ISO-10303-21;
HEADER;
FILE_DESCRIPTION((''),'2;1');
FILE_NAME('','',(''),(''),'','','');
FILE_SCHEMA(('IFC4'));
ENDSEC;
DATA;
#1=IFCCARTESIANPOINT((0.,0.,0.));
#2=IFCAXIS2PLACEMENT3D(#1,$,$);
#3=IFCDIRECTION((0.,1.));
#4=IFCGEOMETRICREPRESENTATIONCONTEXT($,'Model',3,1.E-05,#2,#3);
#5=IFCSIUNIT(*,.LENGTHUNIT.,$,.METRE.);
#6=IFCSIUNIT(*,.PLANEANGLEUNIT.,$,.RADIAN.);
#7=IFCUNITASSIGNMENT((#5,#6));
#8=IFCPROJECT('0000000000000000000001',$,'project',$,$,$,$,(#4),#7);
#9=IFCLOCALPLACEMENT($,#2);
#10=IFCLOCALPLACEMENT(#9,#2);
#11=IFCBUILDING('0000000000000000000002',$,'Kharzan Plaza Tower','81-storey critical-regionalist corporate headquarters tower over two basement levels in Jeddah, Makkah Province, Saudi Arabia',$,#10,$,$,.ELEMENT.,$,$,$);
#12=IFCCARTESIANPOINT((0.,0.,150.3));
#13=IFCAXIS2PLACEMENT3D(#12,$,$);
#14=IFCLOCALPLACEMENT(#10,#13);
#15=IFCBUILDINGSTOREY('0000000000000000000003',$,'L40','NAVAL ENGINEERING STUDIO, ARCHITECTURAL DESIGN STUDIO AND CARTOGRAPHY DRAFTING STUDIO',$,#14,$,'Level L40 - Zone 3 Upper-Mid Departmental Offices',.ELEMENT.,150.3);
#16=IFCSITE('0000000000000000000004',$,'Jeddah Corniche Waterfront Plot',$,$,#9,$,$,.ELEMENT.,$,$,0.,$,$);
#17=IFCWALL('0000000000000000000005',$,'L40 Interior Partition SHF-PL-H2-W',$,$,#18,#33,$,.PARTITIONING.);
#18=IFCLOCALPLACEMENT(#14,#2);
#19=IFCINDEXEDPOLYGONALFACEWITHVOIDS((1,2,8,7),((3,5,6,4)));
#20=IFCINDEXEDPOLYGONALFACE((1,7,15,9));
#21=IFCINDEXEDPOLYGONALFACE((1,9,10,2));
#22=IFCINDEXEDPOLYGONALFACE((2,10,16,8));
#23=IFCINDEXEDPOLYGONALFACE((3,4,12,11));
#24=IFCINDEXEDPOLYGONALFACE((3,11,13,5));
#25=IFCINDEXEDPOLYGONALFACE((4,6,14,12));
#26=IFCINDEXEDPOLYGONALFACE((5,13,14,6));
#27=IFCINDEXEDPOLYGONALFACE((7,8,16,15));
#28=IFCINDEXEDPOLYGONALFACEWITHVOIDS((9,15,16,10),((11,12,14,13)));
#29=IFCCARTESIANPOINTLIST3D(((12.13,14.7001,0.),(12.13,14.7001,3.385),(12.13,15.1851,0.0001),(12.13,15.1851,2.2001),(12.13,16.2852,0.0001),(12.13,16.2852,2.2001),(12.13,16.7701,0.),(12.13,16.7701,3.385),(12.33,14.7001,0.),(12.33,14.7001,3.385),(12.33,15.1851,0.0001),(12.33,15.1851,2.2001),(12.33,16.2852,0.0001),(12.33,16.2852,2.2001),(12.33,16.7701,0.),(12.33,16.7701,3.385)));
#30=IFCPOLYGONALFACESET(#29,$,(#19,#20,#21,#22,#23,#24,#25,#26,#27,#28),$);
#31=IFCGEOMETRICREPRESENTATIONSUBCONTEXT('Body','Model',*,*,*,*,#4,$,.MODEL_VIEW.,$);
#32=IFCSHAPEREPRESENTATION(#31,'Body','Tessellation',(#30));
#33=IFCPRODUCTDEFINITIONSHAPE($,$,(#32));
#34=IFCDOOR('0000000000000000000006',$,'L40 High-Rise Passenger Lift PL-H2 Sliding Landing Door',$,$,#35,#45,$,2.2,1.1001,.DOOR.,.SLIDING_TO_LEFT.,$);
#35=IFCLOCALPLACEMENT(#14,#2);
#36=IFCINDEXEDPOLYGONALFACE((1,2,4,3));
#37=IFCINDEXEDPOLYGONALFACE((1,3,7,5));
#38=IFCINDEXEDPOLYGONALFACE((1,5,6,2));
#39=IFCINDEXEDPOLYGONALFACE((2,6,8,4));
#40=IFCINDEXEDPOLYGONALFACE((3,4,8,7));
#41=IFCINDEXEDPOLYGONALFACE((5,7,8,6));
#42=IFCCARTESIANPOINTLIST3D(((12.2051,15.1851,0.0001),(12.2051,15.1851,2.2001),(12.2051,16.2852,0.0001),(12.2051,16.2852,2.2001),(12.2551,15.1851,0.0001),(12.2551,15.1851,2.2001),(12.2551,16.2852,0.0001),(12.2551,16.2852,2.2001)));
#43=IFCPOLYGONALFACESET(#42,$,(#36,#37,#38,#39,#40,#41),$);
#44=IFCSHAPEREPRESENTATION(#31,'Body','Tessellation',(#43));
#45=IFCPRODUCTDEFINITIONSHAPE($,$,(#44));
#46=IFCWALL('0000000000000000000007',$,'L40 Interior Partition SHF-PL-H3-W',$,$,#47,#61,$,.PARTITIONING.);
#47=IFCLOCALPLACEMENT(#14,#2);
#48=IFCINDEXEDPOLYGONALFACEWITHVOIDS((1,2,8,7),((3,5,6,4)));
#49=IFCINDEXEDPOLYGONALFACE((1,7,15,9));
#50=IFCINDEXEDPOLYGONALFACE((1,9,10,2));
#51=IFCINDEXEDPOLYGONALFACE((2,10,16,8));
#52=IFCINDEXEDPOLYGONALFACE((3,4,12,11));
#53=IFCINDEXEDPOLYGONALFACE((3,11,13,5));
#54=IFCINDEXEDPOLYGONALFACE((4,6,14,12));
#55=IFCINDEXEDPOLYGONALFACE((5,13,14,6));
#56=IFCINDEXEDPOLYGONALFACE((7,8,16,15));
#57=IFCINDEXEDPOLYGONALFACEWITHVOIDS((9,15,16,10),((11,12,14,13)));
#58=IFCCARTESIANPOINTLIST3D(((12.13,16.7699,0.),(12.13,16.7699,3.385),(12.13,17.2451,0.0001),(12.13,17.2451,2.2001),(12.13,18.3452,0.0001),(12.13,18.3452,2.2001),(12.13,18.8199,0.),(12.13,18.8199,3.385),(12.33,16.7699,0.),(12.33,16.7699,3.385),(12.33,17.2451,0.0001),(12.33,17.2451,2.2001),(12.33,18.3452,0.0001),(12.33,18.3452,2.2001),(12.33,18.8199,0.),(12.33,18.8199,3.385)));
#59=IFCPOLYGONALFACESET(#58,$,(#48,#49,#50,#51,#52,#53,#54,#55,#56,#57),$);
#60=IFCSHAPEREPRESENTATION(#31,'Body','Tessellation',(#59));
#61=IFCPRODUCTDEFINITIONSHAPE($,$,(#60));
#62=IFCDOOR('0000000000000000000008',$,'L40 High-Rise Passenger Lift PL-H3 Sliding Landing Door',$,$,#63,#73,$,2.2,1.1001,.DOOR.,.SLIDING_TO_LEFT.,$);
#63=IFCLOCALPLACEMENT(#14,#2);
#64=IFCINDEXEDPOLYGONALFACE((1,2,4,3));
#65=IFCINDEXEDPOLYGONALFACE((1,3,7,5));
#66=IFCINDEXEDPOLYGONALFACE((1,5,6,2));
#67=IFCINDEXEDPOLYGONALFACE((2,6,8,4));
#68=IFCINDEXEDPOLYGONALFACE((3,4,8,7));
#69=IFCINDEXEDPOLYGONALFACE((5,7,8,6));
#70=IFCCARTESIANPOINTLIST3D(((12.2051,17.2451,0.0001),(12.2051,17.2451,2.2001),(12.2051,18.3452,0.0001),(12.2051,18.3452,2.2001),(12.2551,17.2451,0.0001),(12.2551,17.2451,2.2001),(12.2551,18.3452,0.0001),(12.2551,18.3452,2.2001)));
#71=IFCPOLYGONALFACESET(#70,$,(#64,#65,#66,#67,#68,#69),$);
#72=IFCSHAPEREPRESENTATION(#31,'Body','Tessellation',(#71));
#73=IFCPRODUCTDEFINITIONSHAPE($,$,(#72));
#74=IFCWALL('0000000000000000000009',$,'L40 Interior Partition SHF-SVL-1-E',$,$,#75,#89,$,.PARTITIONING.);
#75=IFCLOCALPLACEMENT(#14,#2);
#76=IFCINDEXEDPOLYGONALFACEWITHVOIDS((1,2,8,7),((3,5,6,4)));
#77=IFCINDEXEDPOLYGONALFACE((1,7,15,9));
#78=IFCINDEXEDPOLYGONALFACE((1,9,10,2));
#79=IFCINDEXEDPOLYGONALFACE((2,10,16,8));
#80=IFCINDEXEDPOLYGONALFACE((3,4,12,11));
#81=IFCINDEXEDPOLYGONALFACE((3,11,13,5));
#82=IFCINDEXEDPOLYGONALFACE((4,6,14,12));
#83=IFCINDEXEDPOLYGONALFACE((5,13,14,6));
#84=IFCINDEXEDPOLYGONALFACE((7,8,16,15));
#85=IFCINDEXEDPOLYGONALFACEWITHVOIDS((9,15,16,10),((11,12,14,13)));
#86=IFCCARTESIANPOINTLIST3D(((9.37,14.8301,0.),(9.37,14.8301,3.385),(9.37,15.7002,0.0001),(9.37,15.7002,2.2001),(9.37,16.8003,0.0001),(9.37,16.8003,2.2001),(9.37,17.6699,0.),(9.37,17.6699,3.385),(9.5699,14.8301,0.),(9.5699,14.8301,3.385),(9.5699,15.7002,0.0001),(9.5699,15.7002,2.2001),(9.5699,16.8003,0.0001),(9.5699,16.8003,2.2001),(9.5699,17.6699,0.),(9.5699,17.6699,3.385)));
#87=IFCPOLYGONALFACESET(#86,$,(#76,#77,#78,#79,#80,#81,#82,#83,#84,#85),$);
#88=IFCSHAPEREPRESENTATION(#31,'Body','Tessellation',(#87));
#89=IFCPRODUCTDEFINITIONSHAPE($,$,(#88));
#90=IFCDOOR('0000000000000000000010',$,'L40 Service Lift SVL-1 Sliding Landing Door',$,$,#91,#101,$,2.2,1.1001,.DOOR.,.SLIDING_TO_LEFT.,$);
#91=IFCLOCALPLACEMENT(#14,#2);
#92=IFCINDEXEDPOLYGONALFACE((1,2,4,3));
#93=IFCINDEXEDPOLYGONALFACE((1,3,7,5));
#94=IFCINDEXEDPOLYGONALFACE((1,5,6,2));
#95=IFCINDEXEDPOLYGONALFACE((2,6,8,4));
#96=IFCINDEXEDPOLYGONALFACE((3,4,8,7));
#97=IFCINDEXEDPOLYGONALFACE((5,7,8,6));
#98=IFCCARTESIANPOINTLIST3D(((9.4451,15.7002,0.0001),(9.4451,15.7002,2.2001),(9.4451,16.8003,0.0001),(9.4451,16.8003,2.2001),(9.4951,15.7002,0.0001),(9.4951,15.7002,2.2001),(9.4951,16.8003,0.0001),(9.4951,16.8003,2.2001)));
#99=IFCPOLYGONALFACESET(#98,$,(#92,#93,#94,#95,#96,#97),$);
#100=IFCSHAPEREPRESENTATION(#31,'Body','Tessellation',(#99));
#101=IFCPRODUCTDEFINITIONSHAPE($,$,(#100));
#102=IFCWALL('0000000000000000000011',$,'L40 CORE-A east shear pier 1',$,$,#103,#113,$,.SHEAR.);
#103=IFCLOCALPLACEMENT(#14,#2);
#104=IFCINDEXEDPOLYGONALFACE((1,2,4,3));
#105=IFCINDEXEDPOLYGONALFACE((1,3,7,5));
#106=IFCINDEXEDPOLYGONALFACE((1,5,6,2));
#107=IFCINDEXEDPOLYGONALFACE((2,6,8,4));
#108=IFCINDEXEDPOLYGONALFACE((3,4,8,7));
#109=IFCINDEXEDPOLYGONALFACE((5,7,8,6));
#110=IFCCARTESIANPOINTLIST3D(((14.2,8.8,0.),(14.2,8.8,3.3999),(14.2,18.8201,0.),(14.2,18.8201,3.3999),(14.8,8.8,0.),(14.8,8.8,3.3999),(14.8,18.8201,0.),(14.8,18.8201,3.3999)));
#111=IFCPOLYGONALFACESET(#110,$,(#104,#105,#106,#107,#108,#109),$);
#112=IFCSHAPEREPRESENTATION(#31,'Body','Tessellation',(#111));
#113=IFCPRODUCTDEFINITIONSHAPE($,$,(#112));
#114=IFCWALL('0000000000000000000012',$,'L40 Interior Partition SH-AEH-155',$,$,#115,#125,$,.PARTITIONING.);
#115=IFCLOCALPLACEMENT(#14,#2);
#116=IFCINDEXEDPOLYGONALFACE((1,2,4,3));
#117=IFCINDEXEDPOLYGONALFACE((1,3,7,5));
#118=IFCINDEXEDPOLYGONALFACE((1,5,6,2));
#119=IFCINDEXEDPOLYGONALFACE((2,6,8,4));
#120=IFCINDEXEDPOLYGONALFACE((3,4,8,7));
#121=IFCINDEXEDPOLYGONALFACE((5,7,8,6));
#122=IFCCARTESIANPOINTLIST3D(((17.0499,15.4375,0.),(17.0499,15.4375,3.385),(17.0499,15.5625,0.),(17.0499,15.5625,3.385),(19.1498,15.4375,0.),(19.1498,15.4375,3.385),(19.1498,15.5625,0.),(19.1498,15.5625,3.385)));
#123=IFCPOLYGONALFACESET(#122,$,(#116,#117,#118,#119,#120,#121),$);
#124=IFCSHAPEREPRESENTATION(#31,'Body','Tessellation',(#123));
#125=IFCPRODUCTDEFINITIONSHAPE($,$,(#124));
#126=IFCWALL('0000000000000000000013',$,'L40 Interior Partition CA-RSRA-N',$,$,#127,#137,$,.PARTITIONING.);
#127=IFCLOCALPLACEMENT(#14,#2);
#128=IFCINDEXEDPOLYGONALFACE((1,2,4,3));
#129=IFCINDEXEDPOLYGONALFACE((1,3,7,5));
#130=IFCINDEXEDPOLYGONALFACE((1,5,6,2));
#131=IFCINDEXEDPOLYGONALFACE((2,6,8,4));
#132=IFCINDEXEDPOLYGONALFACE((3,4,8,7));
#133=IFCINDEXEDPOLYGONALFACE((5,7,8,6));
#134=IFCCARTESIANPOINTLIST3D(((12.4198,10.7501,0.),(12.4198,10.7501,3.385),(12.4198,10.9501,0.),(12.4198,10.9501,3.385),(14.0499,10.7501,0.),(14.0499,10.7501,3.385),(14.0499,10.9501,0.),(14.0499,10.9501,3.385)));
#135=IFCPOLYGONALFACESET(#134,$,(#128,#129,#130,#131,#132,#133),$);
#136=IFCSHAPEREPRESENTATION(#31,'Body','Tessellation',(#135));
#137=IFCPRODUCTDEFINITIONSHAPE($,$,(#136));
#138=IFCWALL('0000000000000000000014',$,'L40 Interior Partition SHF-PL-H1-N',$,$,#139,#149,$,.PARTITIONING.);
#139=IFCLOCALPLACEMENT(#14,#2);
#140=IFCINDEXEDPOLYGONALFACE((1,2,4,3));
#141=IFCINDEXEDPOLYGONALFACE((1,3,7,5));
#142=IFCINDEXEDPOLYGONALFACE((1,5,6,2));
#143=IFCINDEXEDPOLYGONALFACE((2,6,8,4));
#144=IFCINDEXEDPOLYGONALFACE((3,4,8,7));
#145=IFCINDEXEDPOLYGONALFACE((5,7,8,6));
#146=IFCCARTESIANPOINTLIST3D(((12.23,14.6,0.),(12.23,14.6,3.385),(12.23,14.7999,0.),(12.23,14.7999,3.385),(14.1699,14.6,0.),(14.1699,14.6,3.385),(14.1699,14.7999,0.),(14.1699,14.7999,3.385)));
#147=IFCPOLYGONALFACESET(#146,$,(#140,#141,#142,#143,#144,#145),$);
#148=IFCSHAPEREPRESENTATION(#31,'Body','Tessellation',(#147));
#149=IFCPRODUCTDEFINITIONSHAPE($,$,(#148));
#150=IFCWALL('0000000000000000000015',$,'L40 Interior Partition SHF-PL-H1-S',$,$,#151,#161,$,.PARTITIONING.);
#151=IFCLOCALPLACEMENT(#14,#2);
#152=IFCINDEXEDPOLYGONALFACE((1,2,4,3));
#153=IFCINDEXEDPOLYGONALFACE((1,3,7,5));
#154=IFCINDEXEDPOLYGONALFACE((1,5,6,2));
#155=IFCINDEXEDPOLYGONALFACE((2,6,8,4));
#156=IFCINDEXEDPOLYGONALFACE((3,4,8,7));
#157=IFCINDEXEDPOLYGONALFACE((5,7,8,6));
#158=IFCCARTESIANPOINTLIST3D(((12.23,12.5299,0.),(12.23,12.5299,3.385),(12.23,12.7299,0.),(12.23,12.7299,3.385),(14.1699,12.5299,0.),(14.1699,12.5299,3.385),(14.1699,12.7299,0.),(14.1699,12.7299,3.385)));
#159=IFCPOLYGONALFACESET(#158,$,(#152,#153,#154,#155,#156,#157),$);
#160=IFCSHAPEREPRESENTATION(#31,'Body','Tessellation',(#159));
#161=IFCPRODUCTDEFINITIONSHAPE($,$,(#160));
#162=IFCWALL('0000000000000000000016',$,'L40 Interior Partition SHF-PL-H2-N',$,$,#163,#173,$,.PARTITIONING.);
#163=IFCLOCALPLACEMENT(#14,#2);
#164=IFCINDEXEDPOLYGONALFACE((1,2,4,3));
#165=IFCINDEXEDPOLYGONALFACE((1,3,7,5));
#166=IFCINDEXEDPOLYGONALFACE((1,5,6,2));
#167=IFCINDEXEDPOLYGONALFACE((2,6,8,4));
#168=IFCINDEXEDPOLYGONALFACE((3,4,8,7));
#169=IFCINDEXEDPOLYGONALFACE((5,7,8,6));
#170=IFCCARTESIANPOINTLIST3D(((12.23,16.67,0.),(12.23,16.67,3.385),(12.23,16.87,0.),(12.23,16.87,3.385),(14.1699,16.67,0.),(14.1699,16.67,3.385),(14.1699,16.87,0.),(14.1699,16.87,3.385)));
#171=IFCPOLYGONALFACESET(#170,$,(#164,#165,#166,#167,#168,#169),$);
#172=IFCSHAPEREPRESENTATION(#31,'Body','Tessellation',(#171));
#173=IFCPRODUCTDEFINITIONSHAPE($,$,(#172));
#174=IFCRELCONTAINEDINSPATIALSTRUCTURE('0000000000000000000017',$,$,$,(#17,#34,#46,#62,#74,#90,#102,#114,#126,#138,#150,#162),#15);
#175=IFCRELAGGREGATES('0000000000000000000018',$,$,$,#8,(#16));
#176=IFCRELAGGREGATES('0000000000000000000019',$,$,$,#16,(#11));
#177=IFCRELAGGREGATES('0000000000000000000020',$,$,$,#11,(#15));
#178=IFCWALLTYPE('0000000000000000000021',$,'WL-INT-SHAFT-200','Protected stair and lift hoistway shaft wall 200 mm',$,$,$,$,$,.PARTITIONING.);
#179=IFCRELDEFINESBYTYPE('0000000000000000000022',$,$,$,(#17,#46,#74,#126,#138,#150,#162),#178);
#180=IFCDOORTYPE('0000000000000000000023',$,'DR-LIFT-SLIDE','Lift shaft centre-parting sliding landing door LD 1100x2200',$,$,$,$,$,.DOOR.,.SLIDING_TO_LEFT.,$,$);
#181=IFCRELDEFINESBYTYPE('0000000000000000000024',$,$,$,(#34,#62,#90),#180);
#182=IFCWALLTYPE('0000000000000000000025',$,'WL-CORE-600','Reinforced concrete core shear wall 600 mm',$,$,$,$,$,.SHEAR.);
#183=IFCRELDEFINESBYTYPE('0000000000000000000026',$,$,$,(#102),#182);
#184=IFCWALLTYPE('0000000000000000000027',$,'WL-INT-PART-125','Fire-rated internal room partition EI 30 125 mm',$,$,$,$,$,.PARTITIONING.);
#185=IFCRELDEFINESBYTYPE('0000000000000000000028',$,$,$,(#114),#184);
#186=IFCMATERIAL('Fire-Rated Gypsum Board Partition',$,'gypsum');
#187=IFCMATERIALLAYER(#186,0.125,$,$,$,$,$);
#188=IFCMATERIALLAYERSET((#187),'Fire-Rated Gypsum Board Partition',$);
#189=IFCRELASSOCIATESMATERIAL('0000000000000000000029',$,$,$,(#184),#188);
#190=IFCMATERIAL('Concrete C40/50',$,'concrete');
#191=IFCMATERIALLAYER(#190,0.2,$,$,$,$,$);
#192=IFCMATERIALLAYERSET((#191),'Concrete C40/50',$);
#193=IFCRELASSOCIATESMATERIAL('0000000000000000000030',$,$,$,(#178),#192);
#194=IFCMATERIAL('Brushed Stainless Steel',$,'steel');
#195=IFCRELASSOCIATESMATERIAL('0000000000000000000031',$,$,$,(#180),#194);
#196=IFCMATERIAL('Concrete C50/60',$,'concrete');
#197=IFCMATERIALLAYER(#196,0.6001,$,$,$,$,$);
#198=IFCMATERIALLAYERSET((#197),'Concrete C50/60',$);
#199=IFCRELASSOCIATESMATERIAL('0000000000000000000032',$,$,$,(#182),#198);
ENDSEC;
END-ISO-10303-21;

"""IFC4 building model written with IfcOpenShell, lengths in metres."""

from ifc_helpers import new_model, si_unit, direction, frame, frame_2d, origin, place, context, subcontext, project, spatial, rectangle, extrude, source, transform, mapped, material, layer, layer_set, type_object, element, fill, save


model = new_model("IFC4")

# Units and contexts
model_context = context("Model", 3, precision=1e-05, world=origin(), true_north=direction((0.0, 1.0)))
body_context = subcontext(model_context, "Body", "Model", "MODEL_VIEW")
ifc_project = project(units=[si_unit("LENGTHUNIT", "METRE"), si_unit("PLANEANGLEUNIT", "RADIAN")], contexts=[model_context])

# Site, building, storey
site_placement = place(None, origin())
site = spatial("IfcSite", under=ifc_project, at=site_placement, Name="Jeddah Corniche Waterfront Plot", CompositionType="ELEMENT", RefElevation=0.0)
building_placement = place(site_placement, origin())
building = spatial("IfcBuilding", under=site, at=building_placement, Name="Kharzan Plaza Tower", Description="81-storey critical-regionalist corporate headquarters tower over two basement levels in Jeddah, Makkah Province, Saudi Arabia", CompositionType="ELEMENT")
storey_placement = place(building_placement, frame((0.0, 0.0, 150.3)))
storey = spatial("IfcBuildingStorey", under=building, at=storey_placement, Name="L40", Description="NAVAL ENGINEERING STUDIO, ARCHITECTURAL DESIGN STUDIO AND CARTOGRAPHY DRAFTING STUDIO", LongName="Level L40 - Zone 3 Upper-Mid Departmental Offices", CompositionType="ELEMENT", Elevation=150.3)

# Walls, openings, doors
ifc_material_1 = material(Name="Fire-Rated Gypsum Board Partition", Category="gypsum")
ifc_layer_1 = layer(ifc_material_1, 0.125)
ifc_layer_set_1 = layer_set([ifc_layer_1], Name="Fire-Rated Gypsum Board Partition")
wall_type_1 = type_object("IfcWallType", Name="WL-INT-PART-125", Description="Fire-rated internal room partition EI 30 125 mm", PredefinedType="PARTITIONING", material=ifc_layer_set_1)
ifc_material_2 = material(Name="Concrete C40/50", Category="concrete")
ifc_layer_2 = layer(ifc_material_2, 0.2)
ifc_layer_set_2 = layer_set([ifc_layer_2], Name="Concrete C40/50")
wall_type_2 = type_object("IfcWallType", Name="WL-INT-SHAFT-200", Description="Protected stair and lift hoistway shaft wall 200 mm", PredefinedType="PARTITIONING", material=ifc_layer_set_2)
ifc_material_3 = material(Name="Brushed Stainless Steel", Category="steel")
door_type_1 = type_object("IfcDoorType", Name="DR-LIFT-SLIDE", Description="Lift shaft centre-parting sliding landing door LD 1100x2200", OperationType="SLIDING_TO_LEFT", PredefinedType="DOOR", material=ifc_material_3)
shared_shape_1 = source(origin(), body_context, "Body", "SweptSolid", [
    extrude(rectangle(XDim=1.1001, YDim=2.2, at=frame_2d((0.55, 1.1001))), frame((0.0, 0.0249, 0.0), z_axis=(0.0, -1.0, 0.0), x_axis=(1.0, 0.0, 0.0)), (0.0, 0.0, 1.0), 0.05),
])
wall_1_placement = place(storey_placement, frame((12.23, 14.7, 0.0), z_axis=(0.0, 0.0, 1.0), x_axis=(0.0, 1.0, 0.0)))
wall_1 = element("IfcWall", 1, at=wall_1_placement, inside=storey, type_object=wall_type_2, Name="L40 Interior Partition SHF-PL-H2-W", PredefinedType="PARTITIONING", context=body_context, shape_type="SweptSolid", body=[
    extrude(rectangle(XDim=2.0701, YDim=0.2, at=frame_2d((1.0352, 0.0))), origin(), (0.0, 0.0, 1.0), 3.385),
])
opening_1_placement = place(wall_1_placement, frame((0.4851, 0.0, 0.0)))
opening_1 = element("IfcOpeningElement", 2, at=opening_1_placement, cuts=wall_1, PredefinedType="OPENING", context=body_context, shape_type="SweptSolid", body=[
    extrude(rectangle(XDim=1.1001, YDim=2.2, at=frame_2d((0.55, 1.1001))), frame((0.0, 0.1099, 0.0), z_axis=(0.0, -1.0, 0.0), x_axis=(1.0, 0.0, 0.0)), (0.0, 0.0, 1.0), 0.22),
])
door_1_placement = place(opening_1_placement, origin())
door_1 = element("IfcDoor", 3, at=door_1_placement, inside=storey, type_object=door_type_1, Name="L40 High-Rise Passenger Lift PL-H2 Sliding Landing Door", OperationType="SLIDING_TO_LEFT", OverallHeight=2.2, OverallWidth=1.1001, PredefinedType="DOOR", context=body_context, shape_type="MappedRepresentation", body=[
    mapped(shared_shape_1, transform((0.0, 0.0, 0.0), x_axis=(1.0, 0.0, 0.0), y_axis=(0.0, 1.0, 0.0), z_axis=(0.0, 0.0, 1.0))),
])
fill(opening_1, door_1)
wall_2_placement = place(storey_placement, frame((12.23, 16.77, 0.0), z_axis=(0.0, 0.0, 1.0), x_axis=(0.0, 1.0, 0.0)))
wall_2 = element("IfcWall", 4, at=wall_2_placement, inside=storey, type_object=wall_type_2, Name="L40 Interior Partition SHF-PL-H3-W", PredefinedType="PARTITIONING", context=body_context, shape_type="SweptSolid", body=[
    extrude(rectangle(XDim=2.05, YDim=0.2, at=frame_2d((1.0249, 0.0))), origin(), (0.0, 0.0, 1.0), 3.385),
])
opening_2_placement = place(wall_2_placement, frame((0.4751, 0.0, 0.0)))
opening_2 = element("IfcOpeningElement", 5, at=opening_2_placement, cuts=wall_2, PredefinedType="OPENING", context=body_context, shape_type="SweptSolid", body=[
    extrude(rectangle(XDim=1.1001, YDim=2.2, at=frame_2d((0.55, 1.1001))), frame((0.0, 0.1099, 0.0), z_axis=(0.0, -1.0, 0.0), x_axis=(1.0, 0.0, 0.0)), (0.0, 0.0, 1.0), 0.22),
])
door_2_placement = place(opening_2_placement, origin())
door_2 = element("IfcDoor", 6, at=door_2_placement, inside=storey, type_object=door_type_1, Name="L40 High-Rise Passenger Lift PL-H3 Sliding Landing Door", OperationType="SLIDING_TO_LEFT", OverallHeight=2.2, OverallWidth=1.1001, PredefinedType="DOOR", context=body_context, shape_type="MappedRepresentation", body=[
    mapped(shared_shape_1, transform((0.0, 0.0, 0.0), x_axis=(1.0, 0.0, 0.0), y_axis=(0.0, 1.0, 0.0), z_axis=(0.0, 0.0, 1.0))),
])
fill(opening_2, door_2)
wall_3_placement = place(storey_placement, frame((9.47, 14.8301, 0.0), z_axis=(0.0, 0.0, 1.0), x_axis=(0.0, 1.0, 0.0)))
wall_3 = element("IfcWall", 7, at=wall_3_placement, inside=storey, type_object=wall_type_2, Name="L40 Interior Partition SHF-SVL-1-E", PredefinedType="PARTITIONING", context=body_context, shape_type="SweptSolid", body=[
    extrude(rectangle(XDim=2.8398, YDim=0.2, at=frame_2d((1.4199, 0.0))), origin(), (0.0, 0.0, 1.0), 3.385),
])
opening_3_placement = place(wall_3_placement, frame((0.8701, 0.0, 0.0)))
opening_3 = element("IfcOpeningElement", 8, at=opening_3_placement, cuts=wall_3, PredefinedType="OPENING", context=body_context, shape_type="SweptSolid", body=[
    extrude(rectangle(XDim=1.1001, YDim=2.2, at=frame_2d((0.55, 1.1001))), frame((0.0, 0.1099, 0.0), z_axis=(0.0, -1.0, 0.0), x_axis=(1.0, 0.0, 0.0)), (0.0, 0.0, 1.0), 0.22),
])
door_3_placement = place(opening_3_placement, origin())
door_3 = element("IfcDoor", 9, at=door_3_placement, inside=storey, type_object=door_type_1, Name="L40 Service Lift SVL-1 Sliding Landing Door", OperationType="SLIDING_TO_LEFT", OverallHeight=2.2, OverallWidth=1.1001, PredefinedType="DOOR", context=body_context, shape_type="MappedRepresentation", body=[
    mapped(shared_shape_1, transform((0.0, 0.0, 0.0), x_axis=(1.0, 0.0, 0.0), y_axis=(0.0, 1.0, 0.0), z_axis=(0.0, 0.0, 1.0))),
])
fill(opening_3, door_3)

# Walls
ifc_material_4 = material(Name="Concrete C50/60", Category="concrete")
ifc_layer_3 = layer(ifc_material_4, 0.6001)
ifc_layer_set_3 = layer_set([ifc_layer_3], Name="Concrete C50/60")
wall_type_3 = type_object("IfcWallType", Name="WL-CORE-600", Description="Reinforced concrete core shear wall 600 mm", PredefinedType="SHEAR", material=ifc_layer_set_3)
shared_shape_2 = source(origin(), body_context, "Body", "SweptSolid", [
    extrude(rectangle(XDim=10.02, YDim=0.6001, at=frame_2d((5.01, 0.0))), origin(), (0.0, 0.0, 1.0), 3.3999),
])
wall_4_placement = place(storey_placement, frame((14.5, 8.8, 0.0), z_axis=(0.0, 0.0, 1.0), x_axis=(0.0, 1.0, 0.0)))
element("IfcWall", 10, at=wall_4_placement, inside=storey, type_object=wall_type_3, Name="L40 CORE-A east shear pier 1", PredefinedType="SHEAR", context=body_context, shape_type="MappedRepresentation", body=[
    mapped(shared_shape_2, transform((0.0, 0.0, 0.0), x_axis=(1.0, 0.0, 0.0), y_axis=(0.0, 1.0, 0.0), z_axis=(0.0, 0.0, 1.0))),
])
shared_shape_3 = source(origin(), body_context, "Body", "SweptSolid", [
    extrude(rectangle(XDim=2.0999, YDim=0.125, at=frame_2d((1.0498, 0.0))), origin(), (0.0, 0.0, 1.0), 3.385),
])
wall_5_placement = place(storey_placement, frame((17.05, 15.5, 0.0), z_axis=(0.0, 0.0, 1.0), x_axis=(1.0, 0.0, 0.0)))
element("IfcWall", 11, at=wall_5_placement, inside=storey, type_object=wall_type_1, Name="L40 Interior Partition SH-AEH-155", PredefinedType="PARTITIONING", context=body_context, shape_type="MappedRepresentation", body=[
    mapped(shared_shape_3, transform((0.0, 0.0, 0.0), x_axis=(1.0, 0.0, 0.0), y_axis=(0.0, 1.0, 0.0), z_axis=(0.0, 0.0, 1.0))),
])
shared_shape_4 = source(origin(), body_context, "Body", "SweptSolid", [
    extrude(rectangle(XDim=1.6301, YDim=0.2, at=frame_2d((0.8149, 0.0))), origin(), (0.0, 0.0, 1.0), 3.385),
])
wall_6_placement = place(storey_placement, frame((12.4199, 10.8501, 0.0), z_axis=(0.0, 0.0, 1.0), x_axis=(1.0, 0.0, 0.0)))
element("IfcWall", 12, at=wall_6_placement, inside=storey, type_object=wall_type_2, Name="L40 Interior Partition CA-RSRA-N", PredefinedType="PARTITIONING", context=body_context, shape_type="MappedRepresentation", body=[
    mapped(shared_shape_4, transform((0.0, 0.0, 0.0), x_axis=(1.0, 0.0, 0.0), y_axis=(0.0, 1.0, 0.0), z_axis=(0.0, 0.0, 1.0))),
])
shared_shape_5 = source(origin(), body_context, "Body", "SweptSolid", [
    extrude(rectangle(XDim=1.9399, YDim=0.2, at=frame_2d((0.97, 0.0))), origin(), (0.0, 0.0, 1.0), 3.385),
])
for number, where, z_axis, x_axis, name in (
    (13, (12.23, 14.7, 0.0), (0.0, 0.0, 1.0), (1.0, 0.0, 0.0), "L40 Interior Partition SHF-PL-H1-N"),
    (14, (12.23, 12.6299, 0.0), (0.0, 0.0, 1.0), (1.0, 0.0, 0.0), "L40 Interior Partition SHF-PL-H1-S"),
    (15, (12.23, 16.77, 0.0), (0.0, 0.0, 1.0), (1.0, 0.0, 0.0), "L40 Interior Partition SHF-PL-H2-N"),
):
    element("IfcWall", number, at=place(storey_placement, frame(where, z_axis=z_axis, x_axis=x_axis)), inside=storey, type_object=wall_type_2, Name=name, PredefinedType="PARTITIONING", context=body_context, shape_type="MappedRepresentation", body=[
        mapped(shared_shape_5, transform((0.0, 0.0, 0.0), x_axis=(1.0, 0.0, 0.0), y_axis=(0.0, 1.0, 0.0), z_axis=(0.0, 0.0, 1.0))),
    ])

save(model, "model.ifc")
